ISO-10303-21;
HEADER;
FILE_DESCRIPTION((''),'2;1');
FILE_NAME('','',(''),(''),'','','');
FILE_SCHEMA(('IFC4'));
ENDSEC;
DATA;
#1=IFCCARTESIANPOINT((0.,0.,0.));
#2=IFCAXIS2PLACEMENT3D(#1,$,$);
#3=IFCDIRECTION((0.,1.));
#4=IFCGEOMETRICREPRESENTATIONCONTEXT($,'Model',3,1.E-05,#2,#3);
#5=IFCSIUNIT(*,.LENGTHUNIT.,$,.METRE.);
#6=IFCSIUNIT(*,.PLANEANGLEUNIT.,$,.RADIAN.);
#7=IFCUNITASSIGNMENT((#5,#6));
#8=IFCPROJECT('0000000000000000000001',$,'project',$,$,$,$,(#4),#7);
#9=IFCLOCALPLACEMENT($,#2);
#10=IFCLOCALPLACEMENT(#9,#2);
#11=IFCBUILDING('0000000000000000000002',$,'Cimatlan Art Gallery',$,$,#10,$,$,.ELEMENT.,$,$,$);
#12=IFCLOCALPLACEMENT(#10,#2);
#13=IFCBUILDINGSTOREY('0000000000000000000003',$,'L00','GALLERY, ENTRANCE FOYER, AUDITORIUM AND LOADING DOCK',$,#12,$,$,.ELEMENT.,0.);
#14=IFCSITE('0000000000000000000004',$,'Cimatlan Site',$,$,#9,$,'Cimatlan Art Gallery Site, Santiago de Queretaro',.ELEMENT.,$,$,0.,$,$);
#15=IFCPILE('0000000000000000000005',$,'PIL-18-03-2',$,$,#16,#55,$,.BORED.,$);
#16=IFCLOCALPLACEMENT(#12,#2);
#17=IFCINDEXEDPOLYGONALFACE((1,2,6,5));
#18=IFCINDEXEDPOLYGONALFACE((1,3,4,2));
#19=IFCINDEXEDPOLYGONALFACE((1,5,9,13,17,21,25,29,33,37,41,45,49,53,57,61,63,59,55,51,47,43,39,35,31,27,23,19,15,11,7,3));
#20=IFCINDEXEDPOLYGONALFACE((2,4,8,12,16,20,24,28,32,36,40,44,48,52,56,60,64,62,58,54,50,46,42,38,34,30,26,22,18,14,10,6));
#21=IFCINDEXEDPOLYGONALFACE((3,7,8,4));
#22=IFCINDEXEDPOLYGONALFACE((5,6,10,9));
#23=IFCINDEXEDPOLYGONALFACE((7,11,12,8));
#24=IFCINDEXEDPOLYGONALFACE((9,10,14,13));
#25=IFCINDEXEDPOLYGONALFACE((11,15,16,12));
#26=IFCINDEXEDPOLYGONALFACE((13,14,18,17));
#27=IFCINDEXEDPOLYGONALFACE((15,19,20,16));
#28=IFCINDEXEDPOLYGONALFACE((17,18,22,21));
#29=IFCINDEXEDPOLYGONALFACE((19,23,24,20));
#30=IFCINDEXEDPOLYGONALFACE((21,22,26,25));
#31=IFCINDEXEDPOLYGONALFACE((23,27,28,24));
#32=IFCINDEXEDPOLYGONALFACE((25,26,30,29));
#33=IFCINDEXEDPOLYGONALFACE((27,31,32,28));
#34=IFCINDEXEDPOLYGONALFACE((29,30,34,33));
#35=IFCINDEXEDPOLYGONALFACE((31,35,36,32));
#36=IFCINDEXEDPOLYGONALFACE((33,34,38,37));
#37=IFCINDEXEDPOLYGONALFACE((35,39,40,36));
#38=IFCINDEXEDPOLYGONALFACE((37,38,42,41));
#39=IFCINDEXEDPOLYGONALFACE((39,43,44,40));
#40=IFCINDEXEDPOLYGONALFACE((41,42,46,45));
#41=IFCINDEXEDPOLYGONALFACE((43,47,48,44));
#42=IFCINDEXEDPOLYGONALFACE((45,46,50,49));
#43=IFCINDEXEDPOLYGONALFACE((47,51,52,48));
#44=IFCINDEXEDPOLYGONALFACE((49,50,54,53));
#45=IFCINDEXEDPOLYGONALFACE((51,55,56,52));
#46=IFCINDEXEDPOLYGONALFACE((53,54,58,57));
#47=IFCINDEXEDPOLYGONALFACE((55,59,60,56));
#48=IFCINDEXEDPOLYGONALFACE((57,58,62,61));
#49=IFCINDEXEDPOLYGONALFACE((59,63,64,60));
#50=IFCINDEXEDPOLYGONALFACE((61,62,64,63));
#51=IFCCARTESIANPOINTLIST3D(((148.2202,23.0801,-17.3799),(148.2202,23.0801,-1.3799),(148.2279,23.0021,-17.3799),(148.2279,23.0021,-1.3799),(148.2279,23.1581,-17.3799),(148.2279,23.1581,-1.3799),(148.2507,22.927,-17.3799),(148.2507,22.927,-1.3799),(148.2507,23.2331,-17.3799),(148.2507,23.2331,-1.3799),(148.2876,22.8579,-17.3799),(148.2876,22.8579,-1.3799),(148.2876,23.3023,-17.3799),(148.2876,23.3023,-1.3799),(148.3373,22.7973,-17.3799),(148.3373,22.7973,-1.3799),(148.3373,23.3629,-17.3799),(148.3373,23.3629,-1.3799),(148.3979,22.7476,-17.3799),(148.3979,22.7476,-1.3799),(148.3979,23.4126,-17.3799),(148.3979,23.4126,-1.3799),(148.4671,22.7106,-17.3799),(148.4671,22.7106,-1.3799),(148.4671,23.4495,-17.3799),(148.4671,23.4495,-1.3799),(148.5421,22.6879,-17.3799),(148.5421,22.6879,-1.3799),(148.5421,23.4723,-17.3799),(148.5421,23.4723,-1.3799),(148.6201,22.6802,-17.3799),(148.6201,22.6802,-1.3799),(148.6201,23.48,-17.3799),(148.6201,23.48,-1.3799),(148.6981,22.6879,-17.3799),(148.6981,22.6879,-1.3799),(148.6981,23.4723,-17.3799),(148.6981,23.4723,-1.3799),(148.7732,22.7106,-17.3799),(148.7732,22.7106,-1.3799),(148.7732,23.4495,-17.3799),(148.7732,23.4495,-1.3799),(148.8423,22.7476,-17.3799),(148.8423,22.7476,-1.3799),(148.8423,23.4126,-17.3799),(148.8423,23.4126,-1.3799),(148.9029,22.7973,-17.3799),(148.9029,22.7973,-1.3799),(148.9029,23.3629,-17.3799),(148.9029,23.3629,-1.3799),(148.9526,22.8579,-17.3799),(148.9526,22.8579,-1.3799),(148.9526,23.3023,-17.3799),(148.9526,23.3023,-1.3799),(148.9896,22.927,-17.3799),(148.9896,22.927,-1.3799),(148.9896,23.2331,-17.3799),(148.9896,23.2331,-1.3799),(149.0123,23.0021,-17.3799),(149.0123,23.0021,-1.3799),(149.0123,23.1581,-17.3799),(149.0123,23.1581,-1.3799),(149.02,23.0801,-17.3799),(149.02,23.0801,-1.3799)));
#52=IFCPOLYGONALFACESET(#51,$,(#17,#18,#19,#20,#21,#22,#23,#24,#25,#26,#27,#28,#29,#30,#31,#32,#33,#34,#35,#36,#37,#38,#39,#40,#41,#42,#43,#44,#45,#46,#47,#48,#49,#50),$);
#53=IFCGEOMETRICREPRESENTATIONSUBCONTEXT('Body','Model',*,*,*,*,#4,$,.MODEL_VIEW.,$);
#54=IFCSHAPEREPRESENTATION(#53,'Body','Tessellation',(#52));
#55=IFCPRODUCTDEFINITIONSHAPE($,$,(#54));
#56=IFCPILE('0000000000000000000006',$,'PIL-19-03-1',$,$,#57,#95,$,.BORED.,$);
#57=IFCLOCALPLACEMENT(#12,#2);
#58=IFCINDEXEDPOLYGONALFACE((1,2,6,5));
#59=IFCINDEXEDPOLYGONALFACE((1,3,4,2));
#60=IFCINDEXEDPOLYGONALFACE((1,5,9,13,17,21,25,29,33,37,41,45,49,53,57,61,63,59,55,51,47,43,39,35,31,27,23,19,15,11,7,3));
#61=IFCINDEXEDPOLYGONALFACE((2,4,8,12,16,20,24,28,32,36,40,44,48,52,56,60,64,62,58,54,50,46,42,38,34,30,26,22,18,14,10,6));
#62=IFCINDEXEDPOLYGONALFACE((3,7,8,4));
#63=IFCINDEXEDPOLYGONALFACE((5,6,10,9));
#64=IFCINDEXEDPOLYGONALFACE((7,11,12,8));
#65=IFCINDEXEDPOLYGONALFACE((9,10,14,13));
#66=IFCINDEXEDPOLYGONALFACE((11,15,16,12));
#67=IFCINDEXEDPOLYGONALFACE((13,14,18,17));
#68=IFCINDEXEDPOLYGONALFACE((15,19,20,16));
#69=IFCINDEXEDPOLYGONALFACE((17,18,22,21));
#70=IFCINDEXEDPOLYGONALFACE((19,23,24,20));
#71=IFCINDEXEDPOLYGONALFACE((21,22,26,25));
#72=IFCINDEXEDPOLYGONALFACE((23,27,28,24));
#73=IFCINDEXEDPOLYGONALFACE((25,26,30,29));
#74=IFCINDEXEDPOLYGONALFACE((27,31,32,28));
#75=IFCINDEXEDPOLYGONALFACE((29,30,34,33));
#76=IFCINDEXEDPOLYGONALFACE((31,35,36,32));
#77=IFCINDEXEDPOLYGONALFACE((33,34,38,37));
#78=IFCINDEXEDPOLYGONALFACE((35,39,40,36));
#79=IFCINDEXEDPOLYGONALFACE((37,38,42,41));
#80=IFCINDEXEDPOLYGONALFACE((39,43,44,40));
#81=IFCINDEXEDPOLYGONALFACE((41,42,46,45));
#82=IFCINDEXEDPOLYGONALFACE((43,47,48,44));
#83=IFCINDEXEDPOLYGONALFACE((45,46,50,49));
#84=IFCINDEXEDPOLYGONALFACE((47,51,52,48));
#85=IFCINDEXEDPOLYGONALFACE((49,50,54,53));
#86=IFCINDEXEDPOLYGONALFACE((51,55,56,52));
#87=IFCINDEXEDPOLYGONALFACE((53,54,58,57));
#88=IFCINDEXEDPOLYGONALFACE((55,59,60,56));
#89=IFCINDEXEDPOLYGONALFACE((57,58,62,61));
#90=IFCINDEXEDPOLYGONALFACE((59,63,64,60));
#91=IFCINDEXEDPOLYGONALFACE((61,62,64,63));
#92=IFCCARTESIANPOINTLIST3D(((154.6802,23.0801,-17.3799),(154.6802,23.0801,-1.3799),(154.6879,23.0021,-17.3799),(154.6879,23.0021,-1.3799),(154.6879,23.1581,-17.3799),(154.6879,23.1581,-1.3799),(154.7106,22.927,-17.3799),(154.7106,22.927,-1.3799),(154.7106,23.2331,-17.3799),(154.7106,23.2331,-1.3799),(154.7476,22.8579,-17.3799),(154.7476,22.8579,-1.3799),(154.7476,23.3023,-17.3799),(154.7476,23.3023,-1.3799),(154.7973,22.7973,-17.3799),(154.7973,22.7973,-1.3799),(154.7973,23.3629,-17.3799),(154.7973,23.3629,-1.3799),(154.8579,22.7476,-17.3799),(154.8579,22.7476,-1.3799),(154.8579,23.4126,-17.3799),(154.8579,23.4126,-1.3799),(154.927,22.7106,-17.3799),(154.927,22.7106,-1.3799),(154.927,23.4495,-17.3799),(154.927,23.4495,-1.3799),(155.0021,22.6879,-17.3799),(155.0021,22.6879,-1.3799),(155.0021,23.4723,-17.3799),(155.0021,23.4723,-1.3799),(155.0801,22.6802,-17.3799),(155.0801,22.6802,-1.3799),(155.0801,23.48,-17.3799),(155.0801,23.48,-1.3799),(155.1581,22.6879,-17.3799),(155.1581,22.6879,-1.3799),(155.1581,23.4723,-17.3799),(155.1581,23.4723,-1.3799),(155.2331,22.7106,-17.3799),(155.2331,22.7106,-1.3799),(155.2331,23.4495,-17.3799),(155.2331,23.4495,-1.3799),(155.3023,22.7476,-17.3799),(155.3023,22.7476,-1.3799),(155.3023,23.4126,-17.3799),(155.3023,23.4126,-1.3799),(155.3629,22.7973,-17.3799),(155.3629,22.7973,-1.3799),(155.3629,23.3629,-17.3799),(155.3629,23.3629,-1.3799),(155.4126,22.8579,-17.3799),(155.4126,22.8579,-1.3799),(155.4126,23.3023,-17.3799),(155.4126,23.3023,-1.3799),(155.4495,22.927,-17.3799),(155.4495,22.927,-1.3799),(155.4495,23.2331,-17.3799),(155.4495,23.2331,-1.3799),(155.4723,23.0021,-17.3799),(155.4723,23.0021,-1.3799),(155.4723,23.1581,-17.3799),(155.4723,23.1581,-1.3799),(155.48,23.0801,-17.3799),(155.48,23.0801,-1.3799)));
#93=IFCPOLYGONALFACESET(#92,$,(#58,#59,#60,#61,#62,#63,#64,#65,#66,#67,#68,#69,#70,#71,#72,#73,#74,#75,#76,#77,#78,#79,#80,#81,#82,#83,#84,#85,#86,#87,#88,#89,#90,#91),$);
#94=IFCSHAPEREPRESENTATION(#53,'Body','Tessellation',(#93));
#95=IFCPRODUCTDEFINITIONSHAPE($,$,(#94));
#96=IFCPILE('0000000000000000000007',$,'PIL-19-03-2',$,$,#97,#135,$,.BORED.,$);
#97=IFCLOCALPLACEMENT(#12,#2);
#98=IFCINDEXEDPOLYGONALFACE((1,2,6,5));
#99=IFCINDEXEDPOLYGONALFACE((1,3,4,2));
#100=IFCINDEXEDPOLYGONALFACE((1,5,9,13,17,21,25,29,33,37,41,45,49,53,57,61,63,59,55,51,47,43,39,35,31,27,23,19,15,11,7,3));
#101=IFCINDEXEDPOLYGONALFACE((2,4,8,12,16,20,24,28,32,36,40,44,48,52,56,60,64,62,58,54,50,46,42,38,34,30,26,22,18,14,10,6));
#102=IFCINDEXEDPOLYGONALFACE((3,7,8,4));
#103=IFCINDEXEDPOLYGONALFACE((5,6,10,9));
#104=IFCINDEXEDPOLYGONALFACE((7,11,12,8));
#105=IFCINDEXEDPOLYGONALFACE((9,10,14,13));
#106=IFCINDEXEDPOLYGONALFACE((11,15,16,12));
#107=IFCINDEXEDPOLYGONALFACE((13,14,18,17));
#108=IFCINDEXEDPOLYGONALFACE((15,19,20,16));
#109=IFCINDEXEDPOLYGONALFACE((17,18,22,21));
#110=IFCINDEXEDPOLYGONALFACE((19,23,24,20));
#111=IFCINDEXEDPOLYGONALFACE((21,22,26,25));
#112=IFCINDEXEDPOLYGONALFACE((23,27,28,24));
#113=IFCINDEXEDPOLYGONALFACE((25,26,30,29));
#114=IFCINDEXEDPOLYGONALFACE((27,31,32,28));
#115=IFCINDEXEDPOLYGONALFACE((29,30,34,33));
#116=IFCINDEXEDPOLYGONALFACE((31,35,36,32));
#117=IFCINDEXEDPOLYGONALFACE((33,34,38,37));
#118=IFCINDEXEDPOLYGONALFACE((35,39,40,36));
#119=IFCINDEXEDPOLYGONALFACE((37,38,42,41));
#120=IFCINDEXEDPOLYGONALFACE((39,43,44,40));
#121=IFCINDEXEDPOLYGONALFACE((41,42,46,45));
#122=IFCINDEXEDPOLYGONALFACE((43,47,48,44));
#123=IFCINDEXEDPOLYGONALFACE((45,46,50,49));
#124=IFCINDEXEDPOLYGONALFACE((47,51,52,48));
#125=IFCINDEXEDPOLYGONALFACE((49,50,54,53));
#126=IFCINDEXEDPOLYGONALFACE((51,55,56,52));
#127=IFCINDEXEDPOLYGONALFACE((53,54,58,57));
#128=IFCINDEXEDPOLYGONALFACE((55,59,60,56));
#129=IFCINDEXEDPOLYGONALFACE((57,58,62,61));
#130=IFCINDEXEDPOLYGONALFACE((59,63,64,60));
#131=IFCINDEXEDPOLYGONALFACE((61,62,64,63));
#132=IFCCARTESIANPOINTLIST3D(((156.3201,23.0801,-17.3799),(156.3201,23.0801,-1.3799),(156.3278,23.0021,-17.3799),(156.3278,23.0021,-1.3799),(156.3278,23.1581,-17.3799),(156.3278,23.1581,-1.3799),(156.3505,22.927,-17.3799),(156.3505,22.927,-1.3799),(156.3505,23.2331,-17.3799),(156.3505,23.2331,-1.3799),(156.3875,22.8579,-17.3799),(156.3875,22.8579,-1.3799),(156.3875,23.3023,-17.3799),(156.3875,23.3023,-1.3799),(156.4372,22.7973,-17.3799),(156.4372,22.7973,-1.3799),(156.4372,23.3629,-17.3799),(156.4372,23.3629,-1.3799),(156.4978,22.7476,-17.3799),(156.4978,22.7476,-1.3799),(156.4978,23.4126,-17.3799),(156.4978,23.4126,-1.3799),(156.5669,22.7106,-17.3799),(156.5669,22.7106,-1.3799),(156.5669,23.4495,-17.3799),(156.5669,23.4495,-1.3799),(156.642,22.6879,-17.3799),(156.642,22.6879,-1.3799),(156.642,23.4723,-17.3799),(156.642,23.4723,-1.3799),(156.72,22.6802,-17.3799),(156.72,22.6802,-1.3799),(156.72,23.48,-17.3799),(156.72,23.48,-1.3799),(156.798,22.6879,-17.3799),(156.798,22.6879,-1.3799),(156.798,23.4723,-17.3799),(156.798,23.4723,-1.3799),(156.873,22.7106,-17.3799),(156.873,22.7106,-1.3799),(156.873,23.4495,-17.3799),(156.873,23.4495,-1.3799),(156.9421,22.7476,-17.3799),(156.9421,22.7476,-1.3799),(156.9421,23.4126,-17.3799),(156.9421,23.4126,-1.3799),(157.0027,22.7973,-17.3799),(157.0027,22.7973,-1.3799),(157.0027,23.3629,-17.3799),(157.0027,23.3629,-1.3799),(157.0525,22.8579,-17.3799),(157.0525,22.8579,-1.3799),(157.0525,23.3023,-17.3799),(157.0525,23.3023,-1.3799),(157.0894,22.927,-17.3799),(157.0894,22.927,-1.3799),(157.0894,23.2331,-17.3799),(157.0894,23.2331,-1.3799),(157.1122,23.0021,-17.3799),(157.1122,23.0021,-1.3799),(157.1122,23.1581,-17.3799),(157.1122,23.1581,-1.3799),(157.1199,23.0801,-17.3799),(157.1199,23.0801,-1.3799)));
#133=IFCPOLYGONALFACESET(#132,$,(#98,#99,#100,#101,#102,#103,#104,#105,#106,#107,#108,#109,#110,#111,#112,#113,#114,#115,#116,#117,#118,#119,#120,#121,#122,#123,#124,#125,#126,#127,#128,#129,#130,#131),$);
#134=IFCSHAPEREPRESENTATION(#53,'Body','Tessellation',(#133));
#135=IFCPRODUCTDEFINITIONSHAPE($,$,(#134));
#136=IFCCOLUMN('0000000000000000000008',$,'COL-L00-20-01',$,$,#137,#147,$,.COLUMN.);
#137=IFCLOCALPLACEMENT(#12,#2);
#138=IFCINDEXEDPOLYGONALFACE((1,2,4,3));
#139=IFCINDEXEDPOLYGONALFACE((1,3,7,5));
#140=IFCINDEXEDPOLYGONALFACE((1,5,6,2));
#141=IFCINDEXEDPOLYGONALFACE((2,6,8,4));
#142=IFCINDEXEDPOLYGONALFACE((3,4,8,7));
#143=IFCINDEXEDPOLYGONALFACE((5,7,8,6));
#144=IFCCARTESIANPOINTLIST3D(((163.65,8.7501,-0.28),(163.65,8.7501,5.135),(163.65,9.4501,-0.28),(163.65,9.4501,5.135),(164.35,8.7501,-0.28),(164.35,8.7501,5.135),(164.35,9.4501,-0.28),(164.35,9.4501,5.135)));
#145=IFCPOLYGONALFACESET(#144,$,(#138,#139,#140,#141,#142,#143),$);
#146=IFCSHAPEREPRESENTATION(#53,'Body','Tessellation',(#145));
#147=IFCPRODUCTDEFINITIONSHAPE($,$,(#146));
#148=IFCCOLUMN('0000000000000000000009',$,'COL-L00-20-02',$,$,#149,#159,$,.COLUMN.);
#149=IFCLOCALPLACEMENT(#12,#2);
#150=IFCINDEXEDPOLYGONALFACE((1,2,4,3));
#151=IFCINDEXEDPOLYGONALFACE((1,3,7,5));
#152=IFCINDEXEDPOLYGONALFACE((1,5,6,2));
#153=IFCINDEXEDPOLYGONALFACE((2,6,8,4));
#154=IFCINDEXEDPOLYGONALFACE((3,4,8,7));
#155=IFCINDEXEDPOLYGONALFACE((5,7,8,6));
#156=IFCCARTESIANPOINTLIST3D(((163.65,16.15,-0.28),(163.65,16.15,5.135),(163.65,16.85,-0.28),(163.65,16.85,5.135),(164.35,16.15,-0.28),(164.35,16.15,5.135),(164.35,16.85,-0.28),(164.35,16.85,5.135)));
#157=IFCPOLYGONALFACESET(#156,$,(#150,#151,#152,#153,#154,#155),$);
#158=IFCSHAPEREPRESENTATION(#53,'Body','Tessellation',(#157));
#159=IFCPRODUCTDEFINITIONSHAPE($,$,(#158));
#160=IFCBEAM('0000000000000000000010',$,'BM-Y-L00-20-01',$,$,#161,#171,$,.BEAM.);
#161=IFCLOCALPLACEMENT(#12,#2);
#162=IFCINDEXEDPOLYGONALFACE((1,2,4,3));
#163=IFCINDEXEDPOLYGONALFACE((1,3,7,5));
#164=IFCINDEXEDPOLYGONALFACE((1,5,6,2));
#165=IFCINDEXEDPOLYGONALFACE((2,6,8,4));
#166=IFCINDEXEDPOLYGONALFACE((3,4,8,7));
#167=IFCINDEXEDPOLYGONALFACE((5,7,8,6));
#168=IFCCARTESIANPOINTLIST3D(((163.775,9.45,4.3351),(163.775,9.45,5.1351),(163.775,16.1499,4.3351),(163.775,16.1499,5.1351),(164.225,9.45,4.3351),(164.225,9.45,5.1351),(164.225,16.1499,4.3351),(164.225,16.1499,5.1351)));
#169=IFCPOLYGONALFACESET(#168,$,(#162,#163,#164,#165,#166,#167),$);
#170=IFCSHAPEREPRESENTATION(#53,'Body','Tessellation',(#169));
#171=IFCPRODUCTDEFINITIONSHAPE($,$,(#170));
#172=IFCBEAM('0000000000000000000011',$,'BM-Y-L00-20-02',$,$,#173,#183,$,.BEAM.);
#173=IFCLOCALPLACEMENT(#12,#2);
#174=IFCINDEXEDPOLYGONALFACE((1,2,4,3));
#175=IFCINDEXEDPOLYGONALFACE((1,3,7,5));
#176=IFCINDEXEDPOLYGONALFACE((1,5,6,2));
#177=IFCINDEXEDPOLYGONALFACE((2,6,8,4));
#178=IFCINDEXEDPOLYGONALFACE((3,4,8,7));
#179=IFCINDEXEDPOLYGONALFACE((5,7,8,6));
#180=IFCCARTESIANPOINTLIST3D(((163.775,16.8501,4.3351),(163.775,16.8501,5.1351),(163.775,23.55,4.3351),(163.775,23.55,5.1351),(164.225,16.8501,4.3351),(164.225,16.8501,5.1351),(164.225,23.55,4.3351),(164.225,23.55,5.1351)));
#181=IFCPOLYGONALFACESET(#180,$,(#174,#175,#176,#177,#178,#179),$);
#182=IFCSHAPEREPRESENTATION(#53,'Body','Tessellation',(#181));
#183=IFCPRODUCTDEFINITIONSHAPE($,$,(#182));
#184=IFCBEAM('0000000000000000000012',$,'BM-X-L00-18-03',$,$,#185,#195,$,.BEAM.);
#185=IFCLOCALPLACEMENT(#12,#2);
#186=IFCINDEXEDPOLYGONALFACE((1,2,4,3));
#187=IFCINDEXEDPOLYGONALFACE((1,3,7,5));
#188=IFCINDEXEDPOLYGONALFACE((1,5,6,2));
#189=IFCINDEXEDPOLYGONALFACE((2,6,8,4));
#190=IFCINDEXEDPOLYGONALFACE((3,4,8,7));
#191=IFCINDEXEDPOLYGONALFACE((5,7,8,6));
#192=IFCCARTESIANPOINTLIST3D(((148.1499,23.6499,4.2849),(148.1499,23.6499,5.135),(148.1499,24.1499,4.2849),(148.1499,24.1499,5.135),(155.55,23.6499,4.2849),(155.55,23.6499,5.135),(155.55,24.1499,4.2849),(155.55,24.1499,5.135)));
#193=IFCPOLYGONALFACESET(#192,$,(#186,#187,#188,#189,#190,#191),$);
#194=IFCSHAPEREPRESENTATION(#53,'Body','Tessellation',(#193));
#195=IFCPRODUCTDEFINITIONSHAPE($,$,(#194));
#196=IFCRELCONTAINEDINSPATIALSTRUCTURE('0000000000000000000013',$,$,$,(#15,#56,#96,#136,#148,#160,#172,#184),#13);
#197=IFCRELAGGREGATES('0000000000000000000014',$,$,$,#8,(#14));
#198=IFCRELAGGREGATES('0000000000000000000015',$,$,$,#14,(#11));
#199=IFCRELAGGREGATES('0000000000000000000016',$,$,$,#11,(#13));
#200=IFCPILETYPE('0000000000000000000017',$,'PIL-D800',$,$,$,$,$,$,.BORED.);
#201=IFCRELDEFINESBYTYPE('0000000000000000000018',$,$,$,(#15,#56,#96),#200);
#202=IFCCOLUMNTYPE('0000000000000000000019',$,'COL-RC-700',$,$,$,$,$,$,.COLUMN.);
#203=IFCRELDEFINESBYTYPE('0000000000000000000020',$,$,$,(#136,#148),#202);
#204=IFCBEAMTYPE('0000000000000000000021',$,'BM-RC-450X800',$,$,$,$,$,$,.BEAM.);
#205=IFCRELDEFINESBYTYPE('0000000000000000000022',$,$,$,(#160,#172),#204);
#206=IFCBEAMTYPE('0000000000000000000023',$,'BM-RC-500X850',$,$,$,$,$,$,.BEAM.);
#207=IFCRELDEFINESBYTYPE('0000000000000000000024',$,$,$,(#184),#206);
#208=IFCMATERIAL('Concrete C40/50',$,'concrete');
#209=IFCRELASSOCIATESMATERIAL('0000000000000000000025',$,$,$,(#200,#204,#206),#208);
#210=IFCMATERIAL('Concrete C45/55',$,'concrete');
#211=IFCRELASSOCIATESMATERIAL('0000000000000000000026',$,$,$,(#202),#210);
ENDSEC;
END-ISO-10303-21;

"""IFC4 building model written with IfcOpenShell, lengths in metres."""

from ifc_helpers import new_model, si_unit, direction, frame, origin, origin_2d, place, context, subcontext, project, spatial, rectangle, circle, extrude, material, material_profile, profile_set, type_object, element, save


model = new_model("IFC4")

# Units and contexts
model_context = context("Model", 3, precision=1e-05, world=origin(), true_north=direction((0.0, 1.0)))
body_context = subcontext(model_context, "Body", "Model", "MODEL_VIEW")
ifc_project = project(units=[si_unit("LENGTHUNIT", "METRE"), si_unit("PLANEANGLEUNIT", "RADIAN")], contexts=[model_context])

# Site, building, storey
site_placement = place(None, origin())
site = spatial("IfcSite", under=ifc_project, at=site_placement, Name="Cimatlan Site", LongName="Cimatlan Art Gallery Site, Santiago de Queretaro", CompositionType="ELEMENT", RefElevation=0.0)
building_placement = place(site_placement, origin())
building = spatial("IfcBuilding", under=site, at=building_placement, Name="Cimatlan Art Gallery", CompositionType="ELEMENT")
storey_placement = place(building_placement, origin())
storey = spatial("IfcBuildingStorey", under=building, at=storey_placement, Name="L00", Description="GALLERY, ENTRANCE FOYER, AUDITORIUM AND LOADING DOCK", CompositionType="ELEMENT", Elevation=0.0)

# Shared definitions
ifc_material_1 = material(Name="Concrete C40/50", Category="concrete")

# Piles
pile_type_1 = type_object("IfcPileType", Name="PIL-D800", PredefinedType="BORED", material=ifc_material_1)
for number, where, z_axis, x_axis, name in (
    (1, (148.6201, 23.0801, -1.3799), (0.0, 0.0, -1.0), (1.0, 0.0, 0.0), "PIL-18-03-2"),
    (2, (155.0801, 23.0801, -1.3799), (0.0, 0.0, -1.0), (1.0, 0.0, 0.0), "PIL-19-03-1"),
    (3, (156.72, 23.0801, -1.3799), (0.0, 0.0, -1.0), (1.0, 0.0, 0.0), "PIL-19-03-2"),
):
    element("IfcPile", number, at=place(storey_placement, frame(where, z_axis=z_axis, x_axis=x_axis)), inside=storey, type_object=pile_type_1, Name=name, PredefinedType="BORED", context=body_context, shape_type="SweptSolid", body=[
        extrude(circle(Radius=0.3999, at=origin_2d()), origin(), (0.0, 0.0, 1.0), 16.0),
    ])

# Columns
ifc_material_2 = material(Name="Concrete C45/55", Category="concrete")
ifc_material_profile_1 = material_profile(ifc_material_2, rectangle(XDim=0.7, YDim=0.7, at=origin_2d()), Name="RC700X700")
ifc_profile_set_1 = profile_set([ifc_material_profile_1], Name="Concrete C45/55")
column_type = type_object("IfcColumnType", Name="COL-RC-700", PredefinedType="COLUMN", material=ifc_profile_set_1)
for number, where, z_axis, x_axis, name in (
    (4, (164.0, 9.1001, -0.28), (0.0, 0.0, 1.0), (1.0, 0.0, 0.0), "COL-L00-20-01"),
    (5, (164.0, 16.5, -0.28), (0.0, 0.0, 1.0), (1.0, 0.0, 0.0), "COL-L00-20-02"),
):
    element("IfcColumn", number, at=place(storey_placement, frame(where, z_axis=z_axis, x_axis=x_axis)), inside=storey, type_object=column_type, Name=name, PredefinedType="COLUMN", context=body_context, shape_type="SweptSolid", body=[
        extrude(rectangle(XDim=0.7, YDim=0.7, at=origin_2d()), origin(), (0.0, 0.0, 1.0), 5.415),
    ])

# Beams
ifc_material_profile_2 = material_profile(ifc_material_1, rectangle(XDim=0.45, YDim=0.8, at=origin_2d()), Name="RC450X800")
ifc_profile_set_2 = profile_set([ifc_material_profile_2], Name="Concrete C40/50")
beam_type_1 = type_object("IfcBeamType", Name="BM-RC-450X800", PredefinedType="BEAM", material=ifc_profile_set_2)
for number, where, z_axis, x_axis, name in (
    (6, (164.0, 9.45, 4.7351), (0.0, 1.0, 0.0), (-1.0, 0.0, 0.0), "BM-Y-L00-20-01"),
    (7, (164.0, 16.8501, 4.7351), (0.0, 1.0, 0.0), (-1.0, 0.0, 0.0), "BM-Y-L00-20-02"),
):
    element("IfcBeam", number, at=place(storey_placement, frame(where, z_axis=z_axis, x_axis=x_axis)), inside=storey, type_object=beam_type_1, Name=name, PredefinedType="BEAM", context=body_context, shape_type="SweptSolid", body=[
        extrude(rectangle(XDim=0.45, YDim=0.8, at=origin_2d()), origin(), (0.0, 0.0, 1.0), 6.7),
    ])
ifc_material_profile_3 = material_profile(ifc_material_1, rectangle(XDim=0.5, YDim=0.8501, at=origin_2d()), Name="RC500X850")
ifc_profile_set_3 = profile_set([ifc_material_profile_3], Name="Concrete C40/50")
beam_type_2 = type_object("IfcBeamType", Name="BM-RC-500X850", PredefinedType="BEAM", material=ifc_profile_set_3)
beam_placement = place(storey_placement, frame((148.1499, 23.8999, 4.71), z_axis=(1.0, 0.0, 0.0), x_axis=(0.0, 1.0, 0.0)))
element("IfcBeam", 8, at=beam_placement, inside=storey, type_object=beam_type_2, Name="BM-X-L00-18-03", PredefinedType="BEAM", context=body_context, shape_type="SweptSolid", body=[
    extrude(rectangle(XDim=0.5, YDim=0.8501, at=origin_2d()), origin(), (0.0, 0.0, 1.0), 7.4001),
])

save(model, "model.ifc")
